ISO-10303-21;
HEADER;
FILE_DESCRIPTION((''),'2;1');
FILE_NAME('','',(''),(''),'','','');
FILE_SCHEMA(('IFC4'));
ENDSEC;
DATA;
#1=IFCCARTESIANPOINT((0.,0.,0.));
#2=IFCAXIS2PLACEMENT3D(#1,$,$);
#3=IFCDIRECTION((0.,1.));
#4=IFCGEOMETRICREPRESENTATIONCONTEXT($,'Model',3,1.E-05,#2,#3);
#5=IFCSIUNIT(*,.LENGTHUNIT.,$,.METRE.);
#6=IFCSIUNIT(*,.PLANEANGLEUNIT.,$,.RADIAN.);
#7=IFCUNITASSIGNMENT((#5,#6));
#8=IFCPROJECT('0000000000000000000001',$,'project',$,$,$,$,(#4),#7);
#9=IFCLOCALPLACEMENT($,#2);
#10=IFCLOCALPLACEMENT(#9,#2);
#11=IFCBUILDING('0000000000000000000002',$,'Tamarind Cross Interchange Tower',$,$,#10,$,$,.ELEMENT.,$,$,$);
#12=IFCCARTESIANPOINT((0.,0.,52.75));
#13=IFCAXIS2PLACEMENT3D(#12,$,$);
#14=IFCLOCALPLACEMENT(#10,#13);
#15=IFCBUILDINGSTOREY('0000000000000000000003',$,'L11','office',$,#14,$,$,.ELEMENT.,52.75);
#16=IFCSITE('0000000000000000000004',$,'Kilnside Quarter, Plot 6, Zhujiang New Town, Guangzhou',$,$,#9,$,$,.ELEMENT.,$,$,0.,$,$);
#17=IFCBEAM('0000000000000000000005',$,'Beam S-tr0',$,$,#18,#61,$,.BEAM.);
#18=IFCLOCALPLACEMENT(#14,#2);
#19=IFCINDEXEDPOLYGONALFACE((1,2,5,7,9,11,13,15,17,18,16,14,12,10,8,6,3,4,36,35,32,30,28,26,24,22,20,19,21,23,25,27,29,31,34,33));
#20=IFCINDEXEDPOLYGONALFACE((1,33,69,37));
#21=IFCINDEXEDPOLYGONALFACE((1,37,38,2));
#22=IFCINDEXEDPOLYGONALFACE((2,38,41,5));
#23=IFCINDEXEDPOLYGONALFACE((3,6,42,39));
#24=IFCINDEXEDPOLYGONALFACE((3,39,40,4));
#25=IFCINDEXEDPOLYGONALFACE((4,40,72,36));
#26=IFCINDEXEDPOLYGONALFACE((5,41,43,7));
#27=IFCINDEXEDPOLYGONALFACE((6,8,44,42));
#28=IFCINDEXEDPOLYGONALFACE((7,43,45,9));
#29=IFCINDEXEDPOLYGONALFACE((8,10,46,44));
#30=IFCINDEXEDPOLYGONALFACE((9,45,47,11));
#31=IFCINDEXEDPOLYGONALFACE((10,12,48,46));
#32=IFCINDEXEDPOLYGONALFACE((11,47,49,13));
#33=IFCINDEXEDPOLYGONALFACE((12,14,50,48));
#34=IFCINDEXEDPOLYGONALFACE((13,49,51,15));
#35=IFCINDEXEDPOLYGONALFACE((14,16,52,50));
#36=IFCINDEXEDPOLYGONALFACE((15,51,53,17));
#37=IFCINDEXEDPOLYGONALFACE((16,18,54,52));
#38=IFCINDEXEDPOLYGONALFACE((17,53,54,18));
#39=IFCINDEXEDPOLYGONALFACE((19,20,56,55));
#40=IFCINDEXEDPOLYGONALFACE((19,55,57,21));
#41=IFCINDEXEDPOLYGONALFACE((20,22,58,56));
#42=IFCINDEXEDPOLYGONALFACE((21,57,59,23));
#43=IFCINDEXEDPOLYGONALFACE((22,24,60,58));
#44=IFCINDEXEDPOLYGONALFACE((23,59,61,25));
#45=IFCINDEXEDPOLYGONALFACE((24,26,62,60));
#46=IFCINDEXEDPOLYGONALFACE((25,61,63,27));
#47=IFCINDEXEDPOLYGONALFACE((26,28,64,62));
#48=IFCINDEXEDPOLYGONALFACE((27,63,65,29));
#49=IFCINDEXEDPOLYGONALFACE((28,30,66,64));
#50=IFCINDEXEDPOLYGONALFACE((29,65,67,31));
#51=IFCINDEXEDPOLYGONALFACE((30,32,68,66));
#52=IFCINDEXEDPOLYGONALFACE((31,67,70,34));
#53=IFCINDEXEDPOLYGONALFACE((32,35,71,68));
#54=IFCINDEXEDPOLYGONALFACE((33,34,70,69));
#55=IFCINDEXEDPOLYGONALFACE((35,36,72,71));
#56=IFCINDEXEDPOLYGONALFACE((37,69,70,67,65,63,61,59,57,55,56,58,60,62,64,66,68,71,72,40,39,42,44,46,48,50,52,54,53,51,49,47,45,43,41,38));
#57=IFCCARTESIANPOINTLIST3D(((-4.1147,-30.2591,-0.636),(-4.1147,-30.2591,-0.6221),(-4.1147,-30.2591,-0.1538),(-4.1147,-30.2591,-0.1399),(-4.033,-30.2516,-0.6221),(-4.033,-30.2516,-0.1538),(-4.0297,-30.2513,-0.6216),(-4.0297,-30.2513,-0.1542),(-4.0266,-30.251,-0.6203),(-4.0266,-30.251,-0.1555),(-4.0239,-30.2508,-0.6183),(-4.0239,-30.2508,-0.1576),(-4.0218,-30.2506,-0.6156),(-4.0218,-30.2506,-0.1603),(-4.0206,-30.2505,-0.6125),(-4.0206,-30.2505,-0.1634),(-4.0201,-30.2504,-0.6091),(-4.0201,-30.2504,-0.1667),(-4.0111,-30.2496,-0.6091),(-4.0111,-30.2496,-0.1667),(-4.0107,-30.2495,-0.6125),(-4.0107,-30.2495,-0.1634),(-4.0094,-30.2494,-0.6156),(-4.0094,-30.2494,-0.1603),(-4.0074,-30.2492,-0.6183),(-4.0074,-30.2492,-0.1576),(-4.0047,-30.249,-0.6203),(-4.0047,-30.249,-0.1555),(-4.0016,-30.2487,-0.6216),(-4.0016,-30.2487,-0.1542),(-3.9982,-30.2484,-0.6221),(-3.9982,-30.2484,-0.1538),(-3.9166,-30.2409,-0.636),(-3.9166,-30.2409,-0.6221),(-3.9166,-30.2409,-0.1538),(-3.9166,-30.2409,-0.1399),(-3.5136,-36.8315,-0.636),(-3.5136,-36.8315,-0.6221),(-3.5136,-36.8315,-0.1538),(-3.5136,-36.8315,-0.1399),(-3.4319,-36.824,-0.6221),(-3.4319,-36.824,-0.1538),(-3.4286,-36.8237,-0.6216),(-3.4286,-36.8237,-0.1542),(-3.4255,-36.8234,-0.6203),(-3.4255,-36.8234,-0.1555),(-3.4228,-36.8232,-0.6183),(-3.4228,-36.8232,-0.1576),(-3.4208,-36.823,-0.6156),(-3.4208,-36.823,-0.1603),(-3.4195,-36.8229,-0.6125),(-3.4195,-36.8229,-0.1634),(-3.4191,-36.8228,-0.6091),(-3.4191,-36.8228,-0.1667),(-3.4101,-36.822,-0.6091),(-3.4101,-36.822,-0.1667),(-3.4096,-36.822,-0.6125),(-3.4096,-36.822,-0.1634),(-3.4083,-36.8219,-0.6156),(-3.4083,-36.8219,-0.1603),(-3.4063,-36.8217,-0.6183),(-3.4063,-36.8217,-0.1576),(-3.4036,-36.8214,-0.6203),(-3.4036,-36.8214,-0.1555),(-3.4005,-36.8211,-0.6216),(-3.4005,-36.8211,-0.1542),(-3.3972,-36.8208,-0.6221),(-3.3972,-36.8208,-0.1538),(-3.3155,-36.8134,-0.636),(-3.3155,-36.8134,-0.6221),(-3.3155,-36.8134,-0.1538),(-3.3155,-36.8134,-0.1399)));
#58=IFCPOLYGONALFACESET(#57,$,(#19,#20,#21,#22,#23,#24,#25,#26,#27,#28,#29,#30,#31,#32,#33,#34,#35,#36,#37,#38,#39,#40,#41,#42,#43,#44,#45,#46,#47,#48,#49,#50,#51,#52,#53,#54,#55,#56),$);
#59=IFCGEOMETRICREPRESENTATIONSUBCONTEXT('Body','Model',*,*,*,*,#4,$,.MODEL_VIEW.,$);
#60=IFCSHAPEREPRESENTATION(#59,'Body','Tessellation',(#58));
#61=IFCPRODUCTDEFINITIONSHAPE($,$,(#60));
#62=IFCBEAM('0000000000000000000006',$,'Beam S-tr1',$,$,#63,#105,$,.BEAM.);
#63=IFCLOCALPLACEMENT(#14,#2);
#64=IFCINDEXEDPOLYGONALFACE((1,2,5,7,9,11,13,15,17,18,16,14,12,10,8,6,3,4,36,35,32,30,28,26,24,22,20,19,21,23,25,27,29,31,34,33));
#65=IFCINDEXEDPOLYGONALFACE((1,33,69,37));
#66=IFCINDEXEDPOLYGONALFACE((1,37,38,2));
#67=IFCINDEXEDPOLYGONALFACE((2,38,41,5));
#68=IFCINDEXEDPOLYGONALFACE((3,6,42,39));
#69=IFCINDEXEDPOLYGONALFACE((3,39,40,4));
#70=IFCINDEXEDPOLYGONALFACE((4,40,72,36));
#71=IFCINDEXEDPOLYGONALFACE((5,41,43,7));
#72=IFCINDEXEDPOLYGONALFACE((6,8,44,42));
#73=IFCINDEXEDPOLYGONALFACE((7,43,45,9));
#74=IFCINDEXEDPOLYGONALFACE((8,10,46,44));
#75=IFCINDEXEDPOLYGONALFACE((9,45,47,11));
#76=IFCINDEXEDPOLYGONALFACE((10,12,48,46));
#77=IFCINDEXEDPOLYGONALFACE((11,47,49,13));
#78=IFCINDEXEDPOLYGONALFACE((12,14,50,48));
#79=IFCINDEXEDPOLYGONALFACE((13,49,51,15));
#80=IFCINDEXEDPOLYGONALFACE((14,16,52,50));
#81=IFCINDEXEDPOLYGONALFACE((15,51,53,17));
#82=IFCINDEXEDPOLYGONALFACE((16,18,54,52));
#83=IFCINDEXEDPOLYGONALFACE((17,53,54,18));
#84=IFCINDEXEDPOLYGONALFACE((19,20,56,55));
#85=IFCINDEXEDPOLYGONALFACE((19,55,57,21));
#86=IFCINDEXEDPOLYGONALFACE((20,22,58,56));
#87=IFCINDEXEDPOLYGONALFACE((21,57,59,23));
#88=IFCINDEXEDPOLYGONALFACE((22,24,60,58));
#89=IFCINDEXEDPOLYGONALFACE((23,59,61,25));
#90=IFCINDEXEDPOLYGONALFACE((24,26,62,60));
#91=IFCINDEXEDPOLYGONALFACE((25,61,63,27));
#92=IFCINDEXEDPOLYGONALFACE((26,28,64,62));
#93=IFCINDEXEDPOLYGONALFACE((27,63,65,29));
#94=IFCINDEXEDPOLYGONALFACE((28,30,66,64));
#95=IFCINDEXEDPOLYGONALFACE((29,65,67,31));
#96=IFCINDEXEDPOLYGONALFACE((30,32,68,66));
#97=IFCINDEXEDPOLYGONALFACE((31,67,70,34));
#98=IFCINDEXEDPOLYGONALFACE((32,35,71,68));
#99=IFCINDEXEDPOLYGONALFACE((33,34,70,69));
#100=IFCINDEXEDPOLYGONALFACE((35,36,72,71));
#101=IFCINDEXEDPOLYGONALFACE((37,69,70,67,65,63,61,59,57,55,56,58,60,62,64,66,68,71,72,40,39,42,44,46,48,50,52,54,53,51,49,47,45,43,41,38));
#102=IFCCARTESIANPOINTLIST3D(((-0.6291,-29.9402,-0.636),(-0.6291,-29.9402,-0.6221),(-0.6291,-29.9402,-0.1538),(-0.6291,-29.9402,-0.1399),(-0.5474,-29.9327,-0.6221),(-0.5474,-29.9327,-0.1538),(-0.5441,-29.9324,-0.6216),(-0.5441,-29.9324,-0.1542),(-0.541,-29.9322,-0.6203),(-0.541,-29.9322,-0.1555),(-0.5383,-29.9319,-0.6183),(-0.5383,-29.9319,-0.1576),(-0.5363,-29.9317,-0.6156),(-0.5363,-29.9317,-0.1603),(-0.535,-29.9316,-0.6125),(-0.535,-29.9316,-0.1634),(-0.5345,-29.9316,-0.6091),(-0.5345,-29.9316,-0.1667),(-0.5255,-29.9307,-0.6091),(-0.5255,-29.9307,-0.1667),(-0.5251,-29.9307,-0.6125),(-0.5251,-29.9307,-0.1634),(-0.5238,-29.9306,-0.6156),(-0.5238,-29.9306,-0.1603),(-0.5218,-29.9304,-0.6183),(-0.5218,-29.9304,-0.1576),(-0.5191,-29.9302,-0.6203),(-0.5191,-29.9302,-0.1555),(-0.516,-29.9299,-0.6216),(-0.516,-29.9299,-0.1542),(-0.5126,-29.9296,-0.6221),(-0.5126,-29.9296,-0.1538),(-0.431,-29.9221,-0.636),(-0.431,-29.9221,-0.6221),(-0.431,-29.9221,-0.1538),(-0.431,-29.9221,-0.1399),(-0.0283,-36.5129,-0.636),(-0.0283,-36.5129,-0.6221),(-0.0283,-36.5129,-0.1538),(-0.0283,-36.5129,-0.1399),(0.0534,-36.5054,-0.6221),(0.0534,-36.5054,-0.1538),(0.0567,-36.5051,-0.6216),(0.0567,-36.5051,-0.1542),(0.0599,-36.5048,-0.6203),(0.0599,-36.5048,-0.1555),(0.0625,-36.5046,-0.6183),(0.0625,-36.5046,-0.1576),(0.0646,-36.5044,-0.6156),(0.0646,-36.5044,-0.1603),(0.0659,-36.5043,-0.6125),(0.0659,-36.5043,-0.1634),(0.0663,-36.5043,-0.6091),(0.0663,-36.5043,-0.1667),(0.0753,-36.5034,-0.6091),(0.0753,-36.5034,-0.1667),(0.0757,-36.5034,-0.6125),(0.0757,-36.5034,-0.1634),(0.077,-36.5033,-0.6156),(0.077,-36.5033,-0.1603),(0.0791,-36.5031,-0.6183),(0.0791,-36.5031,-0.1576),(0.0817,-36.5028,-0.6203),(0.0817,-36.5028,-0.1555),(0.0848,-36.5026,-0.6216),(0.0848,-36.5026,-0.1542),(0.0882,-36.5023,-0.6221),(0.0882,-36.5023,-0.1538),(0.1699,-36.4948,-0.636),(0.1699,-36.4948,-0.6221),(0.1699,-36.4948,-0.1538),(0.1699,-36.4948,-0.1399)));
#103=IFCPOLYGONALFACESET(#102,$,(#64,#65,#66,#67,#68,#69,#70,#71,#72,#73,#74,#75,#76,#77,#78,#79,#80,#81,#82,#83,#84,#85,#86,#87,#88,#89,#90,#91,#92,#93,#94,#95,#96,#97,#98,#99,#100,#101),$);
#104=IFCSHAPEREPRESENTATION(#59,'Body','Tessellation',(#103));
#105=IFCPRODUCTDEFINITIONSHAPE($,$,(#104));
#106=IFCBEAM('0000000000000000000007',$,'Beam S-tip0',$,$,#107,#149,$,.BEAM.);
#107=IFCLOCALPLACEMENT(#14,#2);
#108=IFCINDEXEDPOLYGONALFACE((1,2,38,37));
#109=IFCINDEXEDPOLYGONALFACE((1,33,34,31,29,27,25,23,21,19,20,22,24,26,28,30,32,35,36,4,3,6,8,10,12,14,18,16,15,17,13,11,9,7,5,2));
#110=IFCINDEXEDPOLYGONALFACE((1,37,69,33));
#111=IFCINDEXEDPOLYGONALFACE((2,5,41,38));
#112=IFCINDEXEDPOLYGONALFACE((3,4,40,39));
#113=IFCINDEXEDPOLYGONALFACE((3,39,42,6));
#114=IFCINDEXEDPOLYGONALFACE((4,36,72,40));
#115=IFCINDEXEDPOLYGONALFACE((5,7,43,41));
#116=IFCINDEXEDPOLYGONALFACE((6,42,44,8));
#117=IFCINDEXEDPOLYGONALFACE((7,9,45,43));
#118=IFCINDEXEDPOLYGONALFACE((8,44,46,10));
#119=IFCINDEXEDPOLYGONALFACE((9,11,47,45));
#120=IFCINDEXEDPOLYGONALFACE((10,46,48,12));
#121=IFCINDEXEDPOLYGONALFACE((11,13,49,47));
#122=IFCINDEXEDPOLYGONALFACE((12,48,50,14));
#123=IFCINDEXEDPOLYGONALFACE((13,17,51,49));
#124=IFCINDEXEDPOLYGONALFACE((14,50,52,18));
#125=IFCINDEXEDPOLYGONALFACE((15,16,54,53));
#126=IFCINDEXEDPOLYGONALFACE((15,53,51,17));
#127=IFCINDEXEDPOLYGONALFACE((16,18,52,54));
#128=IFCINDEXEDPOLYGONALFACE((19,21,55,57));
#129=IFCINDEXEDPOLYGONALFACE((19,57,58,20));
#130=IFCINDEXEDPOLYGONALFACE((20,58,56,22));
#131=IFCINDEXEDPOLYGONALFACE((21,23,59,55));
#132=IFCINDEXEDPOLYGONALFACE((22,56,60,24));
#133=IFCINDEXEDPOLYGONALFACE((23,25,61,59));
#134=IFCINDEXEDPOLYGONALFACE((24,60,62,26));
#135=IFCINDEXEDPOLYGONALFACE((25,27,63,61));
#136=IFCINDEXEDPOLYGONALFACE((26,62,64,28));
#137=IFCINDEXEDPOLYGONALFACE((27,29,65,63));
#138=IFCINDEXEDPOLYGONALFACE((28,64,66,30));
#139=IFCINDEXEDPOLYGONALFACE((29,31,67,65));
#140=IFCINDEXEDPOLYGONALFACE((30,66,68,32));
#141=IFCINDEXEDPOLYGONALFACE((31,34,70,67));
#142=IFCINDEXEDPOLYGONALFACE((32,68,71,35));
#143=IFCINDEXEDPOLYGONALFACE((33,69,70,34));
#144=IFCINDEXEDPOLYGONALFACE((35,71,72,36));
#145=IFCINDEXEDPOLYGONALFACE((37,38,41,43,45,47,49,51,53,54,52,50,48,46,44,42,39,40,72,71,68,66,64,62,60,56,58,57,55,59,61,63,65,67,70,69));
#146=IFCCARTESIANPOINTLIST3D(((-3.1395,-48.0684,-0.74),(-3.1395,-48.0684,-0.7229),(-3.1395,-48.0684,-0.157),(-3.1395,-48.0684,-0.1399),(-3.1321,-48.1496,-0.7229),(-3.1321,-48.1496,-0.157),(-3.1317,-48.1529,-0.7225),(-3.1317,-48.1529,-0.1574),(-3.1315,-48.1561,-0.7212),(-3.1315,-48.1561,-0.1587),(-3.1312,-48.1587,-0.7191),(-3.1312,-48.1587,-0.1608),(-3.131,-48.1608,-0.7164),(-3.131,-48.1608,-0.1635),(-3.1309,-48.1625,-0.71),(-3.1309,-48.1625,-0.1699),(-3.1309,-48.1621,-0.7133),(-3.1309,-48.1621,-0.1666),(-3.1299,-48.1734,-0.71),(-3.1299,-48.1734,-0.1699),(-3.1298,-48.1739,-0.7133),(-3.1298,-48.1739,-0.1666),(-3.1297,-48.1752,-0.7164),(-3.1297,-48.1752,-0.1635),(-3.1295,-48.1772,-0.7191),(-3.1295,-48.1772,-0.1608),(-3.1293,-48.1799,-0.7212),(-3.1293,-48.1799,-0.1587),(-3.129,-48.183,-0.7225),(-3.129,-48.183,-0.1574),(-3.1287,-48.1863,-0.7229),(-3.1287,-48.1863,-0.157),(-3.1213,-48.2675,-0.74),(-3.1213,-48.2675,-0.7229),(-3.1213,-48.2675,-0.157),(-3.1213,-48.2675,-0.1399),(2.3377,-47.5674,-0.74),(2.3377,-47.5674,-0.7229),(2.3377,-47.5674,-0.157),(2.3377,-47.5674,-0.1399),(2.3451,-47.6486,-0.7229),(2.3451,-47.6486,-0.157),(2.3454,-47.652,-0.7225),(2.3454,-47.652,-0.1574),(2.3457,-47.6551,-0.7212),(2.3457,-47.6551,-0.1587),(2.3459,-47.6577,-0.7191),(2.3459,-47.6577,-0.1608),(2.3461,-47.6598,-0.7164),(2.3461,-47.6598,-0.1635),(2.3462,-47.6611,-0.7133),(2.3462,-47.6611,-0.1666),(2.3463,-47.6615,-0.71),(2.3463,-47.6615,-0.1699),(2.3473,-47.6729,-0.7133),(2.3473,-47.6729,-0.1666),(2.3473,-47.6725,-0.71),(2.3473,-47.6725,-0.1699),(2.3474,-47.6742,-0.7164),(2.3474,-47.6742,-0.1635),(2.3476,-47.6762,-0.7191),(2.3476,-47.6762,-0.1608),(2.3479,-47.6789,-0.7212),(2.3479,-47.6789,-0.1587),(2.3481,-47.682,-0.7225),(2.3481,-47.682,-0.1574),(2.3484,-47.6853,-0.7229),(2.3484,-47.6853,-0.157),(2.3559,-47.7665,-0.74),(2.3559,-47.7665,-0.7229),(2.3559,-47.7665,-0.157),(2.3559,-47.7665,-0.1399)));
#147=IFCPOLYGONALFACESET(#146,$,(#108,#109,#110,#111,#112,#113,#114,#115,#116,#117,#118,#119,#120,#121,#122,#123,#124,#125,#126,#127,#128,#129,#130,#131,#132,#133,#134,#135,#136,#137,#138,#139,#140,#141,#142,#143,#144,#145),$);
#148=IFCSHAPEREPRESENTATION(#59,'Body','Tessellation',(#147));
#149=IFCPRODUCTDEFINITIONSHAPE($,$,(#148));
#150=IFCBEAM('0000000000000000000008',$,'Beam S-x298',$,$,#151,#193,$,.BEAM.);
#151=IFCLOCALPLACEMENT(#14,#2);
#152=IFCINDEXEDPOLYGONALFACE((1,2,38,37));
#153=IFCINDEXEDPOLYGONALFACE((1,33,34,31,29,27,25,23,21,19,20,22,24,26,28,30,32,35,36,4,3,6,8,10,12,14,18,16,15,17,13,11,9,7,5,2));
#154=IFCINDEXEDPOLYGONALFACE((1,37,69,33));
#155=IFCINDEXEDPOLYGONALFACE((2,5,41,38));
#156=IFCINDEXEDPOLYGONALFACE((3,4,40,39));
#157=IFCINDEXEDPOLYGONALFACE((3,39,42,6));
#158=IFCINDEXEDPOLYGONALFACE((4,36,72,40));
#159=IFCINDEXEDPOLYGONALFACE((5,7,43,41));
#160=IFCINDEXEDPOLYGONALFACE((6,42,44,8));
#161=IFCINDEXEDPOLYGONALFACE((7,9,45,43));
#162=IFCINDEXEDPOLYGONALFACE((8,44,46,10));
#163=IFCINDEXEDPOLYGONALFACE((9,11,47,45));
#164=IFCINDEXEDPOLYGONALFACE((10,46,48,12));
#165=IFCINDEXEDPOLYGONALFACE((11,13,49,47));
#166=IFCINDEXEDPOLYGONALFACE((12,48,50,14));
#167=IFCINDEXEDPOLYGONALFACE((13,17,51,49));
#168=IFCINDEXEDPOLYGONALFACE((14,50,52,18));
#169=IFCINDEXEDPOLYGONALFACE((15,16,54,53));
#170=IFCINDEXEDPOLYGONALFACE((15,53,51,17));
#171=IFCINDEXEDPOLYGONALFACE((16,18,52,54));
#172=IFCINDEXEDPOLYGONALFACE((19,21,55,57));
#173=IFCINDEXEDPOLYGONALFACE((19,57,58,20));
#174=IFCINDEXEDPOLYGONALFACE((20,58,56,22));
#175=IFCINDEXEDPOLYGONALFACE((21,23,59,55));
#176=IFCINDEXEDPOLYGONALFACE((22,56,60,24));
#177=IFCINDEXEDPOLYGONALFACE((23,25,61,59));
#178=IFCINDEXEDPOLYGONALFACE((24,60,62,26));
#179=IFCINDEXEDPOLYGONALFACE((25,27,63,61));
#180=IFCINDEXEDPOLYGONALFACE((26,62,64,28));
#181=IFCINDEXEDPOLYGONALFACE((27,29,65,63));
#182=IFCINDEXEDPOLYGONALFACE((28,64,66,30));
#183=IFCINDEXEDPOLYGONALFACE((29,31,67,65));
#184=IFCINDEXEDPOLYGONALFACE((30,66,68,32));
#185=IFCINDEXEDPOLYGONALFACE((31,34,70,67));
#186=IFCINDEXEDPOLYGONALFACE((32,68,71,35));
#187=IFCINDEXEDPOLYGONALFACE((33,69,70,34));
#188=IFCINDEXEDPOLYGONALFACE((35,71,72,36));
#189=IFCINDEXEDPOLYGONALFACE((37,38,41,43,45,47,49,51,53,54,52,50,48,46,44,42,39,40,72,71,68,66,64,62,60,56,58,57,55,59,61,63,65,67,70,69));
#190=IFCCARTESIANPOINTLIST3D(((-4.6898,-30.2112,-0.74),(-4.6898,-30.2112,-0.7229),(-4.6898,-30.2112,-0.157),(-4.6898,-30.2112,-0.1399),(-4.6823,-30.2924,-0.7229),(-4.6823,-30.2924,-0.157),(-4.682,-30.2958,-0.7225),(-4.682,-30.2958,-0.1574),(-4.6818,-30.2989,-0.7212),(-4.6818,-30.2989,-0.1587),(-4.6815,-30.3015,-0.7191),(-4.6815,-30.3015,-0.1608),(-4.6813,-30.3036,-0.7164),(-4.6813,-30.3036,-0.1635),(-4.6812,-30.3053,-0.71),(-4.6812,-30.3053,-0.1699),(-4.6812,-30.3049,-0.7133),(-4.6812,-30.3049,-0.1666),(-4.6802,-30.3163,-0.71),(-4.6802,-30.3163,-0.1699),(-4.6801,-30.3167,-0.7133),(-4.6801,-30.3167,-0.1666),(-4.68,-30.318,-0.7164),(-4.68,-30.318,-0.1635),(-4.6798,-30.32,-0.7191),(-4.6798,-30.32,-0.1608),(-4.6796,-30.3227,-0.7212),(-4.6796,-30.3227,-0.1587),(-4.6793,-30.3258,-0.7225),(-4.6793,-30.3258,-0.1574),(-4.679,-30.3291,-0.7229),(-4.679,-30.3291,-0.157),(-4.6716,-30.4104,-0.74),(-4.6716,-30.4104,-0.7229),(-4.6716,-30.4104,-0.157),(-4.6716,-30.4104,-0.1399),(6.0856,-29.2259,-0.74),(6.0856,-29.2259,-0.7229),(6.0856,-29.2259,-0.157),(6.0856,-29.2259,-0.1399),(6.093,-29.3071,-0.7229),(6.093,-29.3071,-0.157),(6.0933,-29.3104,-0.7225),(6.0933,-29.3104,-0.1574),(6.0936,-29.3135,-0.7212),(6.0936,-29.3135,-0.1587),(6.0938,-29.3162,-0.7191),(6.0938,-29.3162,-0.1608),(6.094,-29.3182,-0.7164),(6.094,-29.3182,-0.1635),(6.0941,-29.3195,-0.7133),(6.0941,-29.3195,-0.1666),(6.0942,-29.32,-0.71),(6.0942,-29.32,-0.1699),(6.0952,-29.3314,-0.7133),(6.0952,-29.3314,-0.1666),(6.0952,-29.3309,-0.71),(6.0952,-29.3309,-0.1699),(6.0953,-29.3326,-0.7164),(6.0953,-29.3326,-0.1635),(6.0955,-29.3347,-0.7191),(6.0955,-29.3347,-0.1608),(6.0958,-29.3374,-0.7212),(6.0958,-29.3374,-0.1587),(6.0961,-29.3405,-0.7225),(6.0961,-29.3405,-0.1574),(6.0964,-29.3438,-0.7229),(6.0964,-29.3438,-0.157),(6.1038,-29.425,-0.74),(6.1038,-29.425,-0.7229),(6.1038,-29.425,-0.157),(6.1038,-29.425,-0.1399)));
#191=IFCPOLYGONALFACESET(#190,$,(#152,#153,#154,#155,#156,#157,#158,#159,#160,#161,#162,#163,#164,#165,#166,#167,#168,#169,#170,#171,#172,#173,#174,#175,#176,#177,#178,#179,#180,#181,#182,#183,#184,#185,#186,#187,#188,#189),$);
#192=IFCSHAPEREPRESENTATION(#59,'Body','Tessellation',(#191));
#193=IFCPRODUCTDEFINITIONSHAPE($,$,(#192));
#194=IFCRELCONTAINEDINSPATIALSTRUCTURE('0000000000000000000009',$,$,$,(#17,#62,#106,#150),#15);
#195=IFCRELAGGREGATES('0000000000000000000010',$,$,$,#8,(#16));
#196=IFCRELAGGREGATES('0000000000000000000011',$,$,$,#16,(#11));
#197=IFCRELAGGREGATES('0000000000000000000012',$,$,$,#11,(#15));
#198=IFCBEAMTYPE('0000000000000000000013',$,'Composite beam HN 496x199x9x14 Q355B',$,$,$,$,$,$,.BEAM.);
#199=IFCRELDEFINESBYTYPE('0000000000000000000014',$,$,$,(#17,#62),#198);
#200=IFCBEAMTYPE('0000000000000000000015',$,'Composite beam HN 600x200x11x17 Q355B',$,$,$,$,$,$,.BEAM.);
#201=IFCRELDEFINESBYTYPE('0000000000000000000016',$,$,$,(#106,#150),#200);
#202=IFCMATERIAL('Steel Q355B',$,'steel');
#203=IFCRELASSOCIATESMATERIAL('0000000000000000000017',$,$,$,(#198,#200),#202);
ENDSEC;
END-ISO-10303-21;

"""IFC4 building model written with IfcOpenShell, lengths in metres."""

from ifc_helpers import new_model, si_unit, direction, frame, origin, origin_2d, place, context, subcontext, project, spatial, i_section, extrude, material, material_profile, profile_set, type_object, element, save


model = new_model("IFC4")

# Units and contexts
model_context = context("Model", 3, precision=1e-05, world=origin(), true_north=direction((0.0, 1.0)))
body_context = subcontext(model_context, "Body", "Model", "MODEL_VIEW")
ifc_project = project(units=[si_unit("LENGTHUNIT", "METRE"), si_unit("PLANEANGLEUNIT", "RADIAN")], contexts=[model_context])

# Site, building, storey
site_placement = place(None, origin())
site = spatial("IfcSite", under=ifc_project, at=site_placement, Name="Kilnside Quarter, Plot 6, Zhujiang New Town, Guangzhou", CompositionType="ELEMENT", RefElevation=0.0)
building_placement = place(site_placement, origin())
building = spatial("IfcBuilding", under=site, at=building_placement, Name="Tamarind Cross Interchange Tower", CompositionType="ELEMENT")
storey_placement = place(building_placement, frame((0.0, 0.0, 52.75)))
storey = spatial("IfcBuildingStorey", under=building, at=storey_placement, Name="L11", Description="office", CompositionType="ELEMENT", Elevation=52.75)

# Beams
ifc_material_1 = material(Name="Steel Q355B", Category="steel")
ifc_material_profile_1 = material_profile(ifc_material_1, i_section(OverallWidth=0.199, OverallDepth=0.4961, WebThickness=0.009, FlangeThickness=0.0139, FilletRadius=0.0129, at=origin_2d()), Name="HN 496x199x9x14")
ifc_profile_set_1 = profile_set([ifc_material_profile_1], Name="Steel Q355B")
beam_type_1 = type_object("IfcBeamType", Name="Composite beam HN 496x199x9x14 Q355B", PredefinedType="BEAM", material=ifc_profile_set_1)
beam_1_placement = place(storey_placement, frame((-4.0156, -30.25, -0.3879), z_axis=(0.091073, -0.995844, 0.0), x_axis=(0.995844, 0.091073, 0.0)))
element("IfcBeam", 1, at=beam_1_placement, inside=storey, type_object=beam_type_1, Name="Beam S-tr0", PredefinedType="BEAM", context=body_context, shape_type="SweptSolid", body=[
    extrude(i_section(OverallWidth=0.199, OverallDepth=0.4961, WebThickness=0.009, FlangeThickness=0.0139, FilletRadius=0.0129, at=origin_2d()), origin(), (0.0, 0.0, 1.0), 6.5999),
])
beam_2_placement = place(storey_placement, frame((-0.53, -29.9312, -0.3879), z_axis=(0.091033, -0.995848, 0.0), x_axis=(0.995848, 0.091033, 0.0)))
element("IfcBeam", 2, at=beam_2_placement, inside=storey, type_object=beam_type_1, Name="Beam S-tr1", PredefinedType="BEAM", context=body_context, shape_type="SweptSolid", body=[
    extrude(i_section(OverallWidth=0.199, OverallDepth=0.4961, WebThickness=0.009, FlangeThickness=0.0139, FilletRadius=0.0129, at=origin_2d()), origin(), (0.0, 0.0, 1.0), 6.6001),
])
ifc_material_profile_2 = material_profile(ifc_material_1, i_section(OverallWidth=0.2, OverallDepth=0.6001, WebThickness=0.011, FlangeThickness=0.0171, FilletRadius=0.0129, at=origin_2d()), Name="HN 600x200x11x17")
ifc_profile_set_2 = profile_set([ifc_material_profile_2], Name="Steel Q355B")
beam_type_2 = type_object("IfcBeamType", Name="Composite beam HN 600x200x11x17 Q355B", PredefinedType="BEAM", material=ifc_profile_set_2)
beam_3_placement = place(storey_placement, frame((-3.1304, -48.168, -0.4399), z_axis=(0.995843, 0.091088, 0.0), x_axis=(-0.091088, 0.995843, 0.0)))
element("IfcBeam", 3, at=beam_3_placement, inside=storey, type_object=beam_type_2, Name="Beam S-tip0", PredefinedType="BEAM", context=body_context, shape_type="SweptSolid", body=[
    extrude(i_section(OverallWidth=0.2, OverallDepth=0.6001, WebThickness=0.011, FlangeThickness=0.0171, FilletRadius=0.0129, at=origin_2d()), origin(), (0.0, 0.0, 1.0), 5.5),
])
beam_4_placement = place(storey_placement, frame((-4.6807, -30.3108, -0.4399), z_axis=(0.995845, 0.091065, 0.0), x_axis=(-0.091065, 0.995845, 0.0)))
element("IfcBeam", 4, at=beam_4_placement, inside=storey, type_object=beam_type_2, Name="Beam S-x298", PredefinedType="BEAM", context=body_context, shape_type="SweptSolid", body=[
    extrude(i_section(OverallWidth=0.2, OverallDepth=0.6001, WebThickness=0.011, FlangeThickness=0.0171, FilletRadius=0.0129, at=origin_2d()), origin(), (0.0, 0.0, 1.0), 10.8203),
])

save(model, "model.ifc")
